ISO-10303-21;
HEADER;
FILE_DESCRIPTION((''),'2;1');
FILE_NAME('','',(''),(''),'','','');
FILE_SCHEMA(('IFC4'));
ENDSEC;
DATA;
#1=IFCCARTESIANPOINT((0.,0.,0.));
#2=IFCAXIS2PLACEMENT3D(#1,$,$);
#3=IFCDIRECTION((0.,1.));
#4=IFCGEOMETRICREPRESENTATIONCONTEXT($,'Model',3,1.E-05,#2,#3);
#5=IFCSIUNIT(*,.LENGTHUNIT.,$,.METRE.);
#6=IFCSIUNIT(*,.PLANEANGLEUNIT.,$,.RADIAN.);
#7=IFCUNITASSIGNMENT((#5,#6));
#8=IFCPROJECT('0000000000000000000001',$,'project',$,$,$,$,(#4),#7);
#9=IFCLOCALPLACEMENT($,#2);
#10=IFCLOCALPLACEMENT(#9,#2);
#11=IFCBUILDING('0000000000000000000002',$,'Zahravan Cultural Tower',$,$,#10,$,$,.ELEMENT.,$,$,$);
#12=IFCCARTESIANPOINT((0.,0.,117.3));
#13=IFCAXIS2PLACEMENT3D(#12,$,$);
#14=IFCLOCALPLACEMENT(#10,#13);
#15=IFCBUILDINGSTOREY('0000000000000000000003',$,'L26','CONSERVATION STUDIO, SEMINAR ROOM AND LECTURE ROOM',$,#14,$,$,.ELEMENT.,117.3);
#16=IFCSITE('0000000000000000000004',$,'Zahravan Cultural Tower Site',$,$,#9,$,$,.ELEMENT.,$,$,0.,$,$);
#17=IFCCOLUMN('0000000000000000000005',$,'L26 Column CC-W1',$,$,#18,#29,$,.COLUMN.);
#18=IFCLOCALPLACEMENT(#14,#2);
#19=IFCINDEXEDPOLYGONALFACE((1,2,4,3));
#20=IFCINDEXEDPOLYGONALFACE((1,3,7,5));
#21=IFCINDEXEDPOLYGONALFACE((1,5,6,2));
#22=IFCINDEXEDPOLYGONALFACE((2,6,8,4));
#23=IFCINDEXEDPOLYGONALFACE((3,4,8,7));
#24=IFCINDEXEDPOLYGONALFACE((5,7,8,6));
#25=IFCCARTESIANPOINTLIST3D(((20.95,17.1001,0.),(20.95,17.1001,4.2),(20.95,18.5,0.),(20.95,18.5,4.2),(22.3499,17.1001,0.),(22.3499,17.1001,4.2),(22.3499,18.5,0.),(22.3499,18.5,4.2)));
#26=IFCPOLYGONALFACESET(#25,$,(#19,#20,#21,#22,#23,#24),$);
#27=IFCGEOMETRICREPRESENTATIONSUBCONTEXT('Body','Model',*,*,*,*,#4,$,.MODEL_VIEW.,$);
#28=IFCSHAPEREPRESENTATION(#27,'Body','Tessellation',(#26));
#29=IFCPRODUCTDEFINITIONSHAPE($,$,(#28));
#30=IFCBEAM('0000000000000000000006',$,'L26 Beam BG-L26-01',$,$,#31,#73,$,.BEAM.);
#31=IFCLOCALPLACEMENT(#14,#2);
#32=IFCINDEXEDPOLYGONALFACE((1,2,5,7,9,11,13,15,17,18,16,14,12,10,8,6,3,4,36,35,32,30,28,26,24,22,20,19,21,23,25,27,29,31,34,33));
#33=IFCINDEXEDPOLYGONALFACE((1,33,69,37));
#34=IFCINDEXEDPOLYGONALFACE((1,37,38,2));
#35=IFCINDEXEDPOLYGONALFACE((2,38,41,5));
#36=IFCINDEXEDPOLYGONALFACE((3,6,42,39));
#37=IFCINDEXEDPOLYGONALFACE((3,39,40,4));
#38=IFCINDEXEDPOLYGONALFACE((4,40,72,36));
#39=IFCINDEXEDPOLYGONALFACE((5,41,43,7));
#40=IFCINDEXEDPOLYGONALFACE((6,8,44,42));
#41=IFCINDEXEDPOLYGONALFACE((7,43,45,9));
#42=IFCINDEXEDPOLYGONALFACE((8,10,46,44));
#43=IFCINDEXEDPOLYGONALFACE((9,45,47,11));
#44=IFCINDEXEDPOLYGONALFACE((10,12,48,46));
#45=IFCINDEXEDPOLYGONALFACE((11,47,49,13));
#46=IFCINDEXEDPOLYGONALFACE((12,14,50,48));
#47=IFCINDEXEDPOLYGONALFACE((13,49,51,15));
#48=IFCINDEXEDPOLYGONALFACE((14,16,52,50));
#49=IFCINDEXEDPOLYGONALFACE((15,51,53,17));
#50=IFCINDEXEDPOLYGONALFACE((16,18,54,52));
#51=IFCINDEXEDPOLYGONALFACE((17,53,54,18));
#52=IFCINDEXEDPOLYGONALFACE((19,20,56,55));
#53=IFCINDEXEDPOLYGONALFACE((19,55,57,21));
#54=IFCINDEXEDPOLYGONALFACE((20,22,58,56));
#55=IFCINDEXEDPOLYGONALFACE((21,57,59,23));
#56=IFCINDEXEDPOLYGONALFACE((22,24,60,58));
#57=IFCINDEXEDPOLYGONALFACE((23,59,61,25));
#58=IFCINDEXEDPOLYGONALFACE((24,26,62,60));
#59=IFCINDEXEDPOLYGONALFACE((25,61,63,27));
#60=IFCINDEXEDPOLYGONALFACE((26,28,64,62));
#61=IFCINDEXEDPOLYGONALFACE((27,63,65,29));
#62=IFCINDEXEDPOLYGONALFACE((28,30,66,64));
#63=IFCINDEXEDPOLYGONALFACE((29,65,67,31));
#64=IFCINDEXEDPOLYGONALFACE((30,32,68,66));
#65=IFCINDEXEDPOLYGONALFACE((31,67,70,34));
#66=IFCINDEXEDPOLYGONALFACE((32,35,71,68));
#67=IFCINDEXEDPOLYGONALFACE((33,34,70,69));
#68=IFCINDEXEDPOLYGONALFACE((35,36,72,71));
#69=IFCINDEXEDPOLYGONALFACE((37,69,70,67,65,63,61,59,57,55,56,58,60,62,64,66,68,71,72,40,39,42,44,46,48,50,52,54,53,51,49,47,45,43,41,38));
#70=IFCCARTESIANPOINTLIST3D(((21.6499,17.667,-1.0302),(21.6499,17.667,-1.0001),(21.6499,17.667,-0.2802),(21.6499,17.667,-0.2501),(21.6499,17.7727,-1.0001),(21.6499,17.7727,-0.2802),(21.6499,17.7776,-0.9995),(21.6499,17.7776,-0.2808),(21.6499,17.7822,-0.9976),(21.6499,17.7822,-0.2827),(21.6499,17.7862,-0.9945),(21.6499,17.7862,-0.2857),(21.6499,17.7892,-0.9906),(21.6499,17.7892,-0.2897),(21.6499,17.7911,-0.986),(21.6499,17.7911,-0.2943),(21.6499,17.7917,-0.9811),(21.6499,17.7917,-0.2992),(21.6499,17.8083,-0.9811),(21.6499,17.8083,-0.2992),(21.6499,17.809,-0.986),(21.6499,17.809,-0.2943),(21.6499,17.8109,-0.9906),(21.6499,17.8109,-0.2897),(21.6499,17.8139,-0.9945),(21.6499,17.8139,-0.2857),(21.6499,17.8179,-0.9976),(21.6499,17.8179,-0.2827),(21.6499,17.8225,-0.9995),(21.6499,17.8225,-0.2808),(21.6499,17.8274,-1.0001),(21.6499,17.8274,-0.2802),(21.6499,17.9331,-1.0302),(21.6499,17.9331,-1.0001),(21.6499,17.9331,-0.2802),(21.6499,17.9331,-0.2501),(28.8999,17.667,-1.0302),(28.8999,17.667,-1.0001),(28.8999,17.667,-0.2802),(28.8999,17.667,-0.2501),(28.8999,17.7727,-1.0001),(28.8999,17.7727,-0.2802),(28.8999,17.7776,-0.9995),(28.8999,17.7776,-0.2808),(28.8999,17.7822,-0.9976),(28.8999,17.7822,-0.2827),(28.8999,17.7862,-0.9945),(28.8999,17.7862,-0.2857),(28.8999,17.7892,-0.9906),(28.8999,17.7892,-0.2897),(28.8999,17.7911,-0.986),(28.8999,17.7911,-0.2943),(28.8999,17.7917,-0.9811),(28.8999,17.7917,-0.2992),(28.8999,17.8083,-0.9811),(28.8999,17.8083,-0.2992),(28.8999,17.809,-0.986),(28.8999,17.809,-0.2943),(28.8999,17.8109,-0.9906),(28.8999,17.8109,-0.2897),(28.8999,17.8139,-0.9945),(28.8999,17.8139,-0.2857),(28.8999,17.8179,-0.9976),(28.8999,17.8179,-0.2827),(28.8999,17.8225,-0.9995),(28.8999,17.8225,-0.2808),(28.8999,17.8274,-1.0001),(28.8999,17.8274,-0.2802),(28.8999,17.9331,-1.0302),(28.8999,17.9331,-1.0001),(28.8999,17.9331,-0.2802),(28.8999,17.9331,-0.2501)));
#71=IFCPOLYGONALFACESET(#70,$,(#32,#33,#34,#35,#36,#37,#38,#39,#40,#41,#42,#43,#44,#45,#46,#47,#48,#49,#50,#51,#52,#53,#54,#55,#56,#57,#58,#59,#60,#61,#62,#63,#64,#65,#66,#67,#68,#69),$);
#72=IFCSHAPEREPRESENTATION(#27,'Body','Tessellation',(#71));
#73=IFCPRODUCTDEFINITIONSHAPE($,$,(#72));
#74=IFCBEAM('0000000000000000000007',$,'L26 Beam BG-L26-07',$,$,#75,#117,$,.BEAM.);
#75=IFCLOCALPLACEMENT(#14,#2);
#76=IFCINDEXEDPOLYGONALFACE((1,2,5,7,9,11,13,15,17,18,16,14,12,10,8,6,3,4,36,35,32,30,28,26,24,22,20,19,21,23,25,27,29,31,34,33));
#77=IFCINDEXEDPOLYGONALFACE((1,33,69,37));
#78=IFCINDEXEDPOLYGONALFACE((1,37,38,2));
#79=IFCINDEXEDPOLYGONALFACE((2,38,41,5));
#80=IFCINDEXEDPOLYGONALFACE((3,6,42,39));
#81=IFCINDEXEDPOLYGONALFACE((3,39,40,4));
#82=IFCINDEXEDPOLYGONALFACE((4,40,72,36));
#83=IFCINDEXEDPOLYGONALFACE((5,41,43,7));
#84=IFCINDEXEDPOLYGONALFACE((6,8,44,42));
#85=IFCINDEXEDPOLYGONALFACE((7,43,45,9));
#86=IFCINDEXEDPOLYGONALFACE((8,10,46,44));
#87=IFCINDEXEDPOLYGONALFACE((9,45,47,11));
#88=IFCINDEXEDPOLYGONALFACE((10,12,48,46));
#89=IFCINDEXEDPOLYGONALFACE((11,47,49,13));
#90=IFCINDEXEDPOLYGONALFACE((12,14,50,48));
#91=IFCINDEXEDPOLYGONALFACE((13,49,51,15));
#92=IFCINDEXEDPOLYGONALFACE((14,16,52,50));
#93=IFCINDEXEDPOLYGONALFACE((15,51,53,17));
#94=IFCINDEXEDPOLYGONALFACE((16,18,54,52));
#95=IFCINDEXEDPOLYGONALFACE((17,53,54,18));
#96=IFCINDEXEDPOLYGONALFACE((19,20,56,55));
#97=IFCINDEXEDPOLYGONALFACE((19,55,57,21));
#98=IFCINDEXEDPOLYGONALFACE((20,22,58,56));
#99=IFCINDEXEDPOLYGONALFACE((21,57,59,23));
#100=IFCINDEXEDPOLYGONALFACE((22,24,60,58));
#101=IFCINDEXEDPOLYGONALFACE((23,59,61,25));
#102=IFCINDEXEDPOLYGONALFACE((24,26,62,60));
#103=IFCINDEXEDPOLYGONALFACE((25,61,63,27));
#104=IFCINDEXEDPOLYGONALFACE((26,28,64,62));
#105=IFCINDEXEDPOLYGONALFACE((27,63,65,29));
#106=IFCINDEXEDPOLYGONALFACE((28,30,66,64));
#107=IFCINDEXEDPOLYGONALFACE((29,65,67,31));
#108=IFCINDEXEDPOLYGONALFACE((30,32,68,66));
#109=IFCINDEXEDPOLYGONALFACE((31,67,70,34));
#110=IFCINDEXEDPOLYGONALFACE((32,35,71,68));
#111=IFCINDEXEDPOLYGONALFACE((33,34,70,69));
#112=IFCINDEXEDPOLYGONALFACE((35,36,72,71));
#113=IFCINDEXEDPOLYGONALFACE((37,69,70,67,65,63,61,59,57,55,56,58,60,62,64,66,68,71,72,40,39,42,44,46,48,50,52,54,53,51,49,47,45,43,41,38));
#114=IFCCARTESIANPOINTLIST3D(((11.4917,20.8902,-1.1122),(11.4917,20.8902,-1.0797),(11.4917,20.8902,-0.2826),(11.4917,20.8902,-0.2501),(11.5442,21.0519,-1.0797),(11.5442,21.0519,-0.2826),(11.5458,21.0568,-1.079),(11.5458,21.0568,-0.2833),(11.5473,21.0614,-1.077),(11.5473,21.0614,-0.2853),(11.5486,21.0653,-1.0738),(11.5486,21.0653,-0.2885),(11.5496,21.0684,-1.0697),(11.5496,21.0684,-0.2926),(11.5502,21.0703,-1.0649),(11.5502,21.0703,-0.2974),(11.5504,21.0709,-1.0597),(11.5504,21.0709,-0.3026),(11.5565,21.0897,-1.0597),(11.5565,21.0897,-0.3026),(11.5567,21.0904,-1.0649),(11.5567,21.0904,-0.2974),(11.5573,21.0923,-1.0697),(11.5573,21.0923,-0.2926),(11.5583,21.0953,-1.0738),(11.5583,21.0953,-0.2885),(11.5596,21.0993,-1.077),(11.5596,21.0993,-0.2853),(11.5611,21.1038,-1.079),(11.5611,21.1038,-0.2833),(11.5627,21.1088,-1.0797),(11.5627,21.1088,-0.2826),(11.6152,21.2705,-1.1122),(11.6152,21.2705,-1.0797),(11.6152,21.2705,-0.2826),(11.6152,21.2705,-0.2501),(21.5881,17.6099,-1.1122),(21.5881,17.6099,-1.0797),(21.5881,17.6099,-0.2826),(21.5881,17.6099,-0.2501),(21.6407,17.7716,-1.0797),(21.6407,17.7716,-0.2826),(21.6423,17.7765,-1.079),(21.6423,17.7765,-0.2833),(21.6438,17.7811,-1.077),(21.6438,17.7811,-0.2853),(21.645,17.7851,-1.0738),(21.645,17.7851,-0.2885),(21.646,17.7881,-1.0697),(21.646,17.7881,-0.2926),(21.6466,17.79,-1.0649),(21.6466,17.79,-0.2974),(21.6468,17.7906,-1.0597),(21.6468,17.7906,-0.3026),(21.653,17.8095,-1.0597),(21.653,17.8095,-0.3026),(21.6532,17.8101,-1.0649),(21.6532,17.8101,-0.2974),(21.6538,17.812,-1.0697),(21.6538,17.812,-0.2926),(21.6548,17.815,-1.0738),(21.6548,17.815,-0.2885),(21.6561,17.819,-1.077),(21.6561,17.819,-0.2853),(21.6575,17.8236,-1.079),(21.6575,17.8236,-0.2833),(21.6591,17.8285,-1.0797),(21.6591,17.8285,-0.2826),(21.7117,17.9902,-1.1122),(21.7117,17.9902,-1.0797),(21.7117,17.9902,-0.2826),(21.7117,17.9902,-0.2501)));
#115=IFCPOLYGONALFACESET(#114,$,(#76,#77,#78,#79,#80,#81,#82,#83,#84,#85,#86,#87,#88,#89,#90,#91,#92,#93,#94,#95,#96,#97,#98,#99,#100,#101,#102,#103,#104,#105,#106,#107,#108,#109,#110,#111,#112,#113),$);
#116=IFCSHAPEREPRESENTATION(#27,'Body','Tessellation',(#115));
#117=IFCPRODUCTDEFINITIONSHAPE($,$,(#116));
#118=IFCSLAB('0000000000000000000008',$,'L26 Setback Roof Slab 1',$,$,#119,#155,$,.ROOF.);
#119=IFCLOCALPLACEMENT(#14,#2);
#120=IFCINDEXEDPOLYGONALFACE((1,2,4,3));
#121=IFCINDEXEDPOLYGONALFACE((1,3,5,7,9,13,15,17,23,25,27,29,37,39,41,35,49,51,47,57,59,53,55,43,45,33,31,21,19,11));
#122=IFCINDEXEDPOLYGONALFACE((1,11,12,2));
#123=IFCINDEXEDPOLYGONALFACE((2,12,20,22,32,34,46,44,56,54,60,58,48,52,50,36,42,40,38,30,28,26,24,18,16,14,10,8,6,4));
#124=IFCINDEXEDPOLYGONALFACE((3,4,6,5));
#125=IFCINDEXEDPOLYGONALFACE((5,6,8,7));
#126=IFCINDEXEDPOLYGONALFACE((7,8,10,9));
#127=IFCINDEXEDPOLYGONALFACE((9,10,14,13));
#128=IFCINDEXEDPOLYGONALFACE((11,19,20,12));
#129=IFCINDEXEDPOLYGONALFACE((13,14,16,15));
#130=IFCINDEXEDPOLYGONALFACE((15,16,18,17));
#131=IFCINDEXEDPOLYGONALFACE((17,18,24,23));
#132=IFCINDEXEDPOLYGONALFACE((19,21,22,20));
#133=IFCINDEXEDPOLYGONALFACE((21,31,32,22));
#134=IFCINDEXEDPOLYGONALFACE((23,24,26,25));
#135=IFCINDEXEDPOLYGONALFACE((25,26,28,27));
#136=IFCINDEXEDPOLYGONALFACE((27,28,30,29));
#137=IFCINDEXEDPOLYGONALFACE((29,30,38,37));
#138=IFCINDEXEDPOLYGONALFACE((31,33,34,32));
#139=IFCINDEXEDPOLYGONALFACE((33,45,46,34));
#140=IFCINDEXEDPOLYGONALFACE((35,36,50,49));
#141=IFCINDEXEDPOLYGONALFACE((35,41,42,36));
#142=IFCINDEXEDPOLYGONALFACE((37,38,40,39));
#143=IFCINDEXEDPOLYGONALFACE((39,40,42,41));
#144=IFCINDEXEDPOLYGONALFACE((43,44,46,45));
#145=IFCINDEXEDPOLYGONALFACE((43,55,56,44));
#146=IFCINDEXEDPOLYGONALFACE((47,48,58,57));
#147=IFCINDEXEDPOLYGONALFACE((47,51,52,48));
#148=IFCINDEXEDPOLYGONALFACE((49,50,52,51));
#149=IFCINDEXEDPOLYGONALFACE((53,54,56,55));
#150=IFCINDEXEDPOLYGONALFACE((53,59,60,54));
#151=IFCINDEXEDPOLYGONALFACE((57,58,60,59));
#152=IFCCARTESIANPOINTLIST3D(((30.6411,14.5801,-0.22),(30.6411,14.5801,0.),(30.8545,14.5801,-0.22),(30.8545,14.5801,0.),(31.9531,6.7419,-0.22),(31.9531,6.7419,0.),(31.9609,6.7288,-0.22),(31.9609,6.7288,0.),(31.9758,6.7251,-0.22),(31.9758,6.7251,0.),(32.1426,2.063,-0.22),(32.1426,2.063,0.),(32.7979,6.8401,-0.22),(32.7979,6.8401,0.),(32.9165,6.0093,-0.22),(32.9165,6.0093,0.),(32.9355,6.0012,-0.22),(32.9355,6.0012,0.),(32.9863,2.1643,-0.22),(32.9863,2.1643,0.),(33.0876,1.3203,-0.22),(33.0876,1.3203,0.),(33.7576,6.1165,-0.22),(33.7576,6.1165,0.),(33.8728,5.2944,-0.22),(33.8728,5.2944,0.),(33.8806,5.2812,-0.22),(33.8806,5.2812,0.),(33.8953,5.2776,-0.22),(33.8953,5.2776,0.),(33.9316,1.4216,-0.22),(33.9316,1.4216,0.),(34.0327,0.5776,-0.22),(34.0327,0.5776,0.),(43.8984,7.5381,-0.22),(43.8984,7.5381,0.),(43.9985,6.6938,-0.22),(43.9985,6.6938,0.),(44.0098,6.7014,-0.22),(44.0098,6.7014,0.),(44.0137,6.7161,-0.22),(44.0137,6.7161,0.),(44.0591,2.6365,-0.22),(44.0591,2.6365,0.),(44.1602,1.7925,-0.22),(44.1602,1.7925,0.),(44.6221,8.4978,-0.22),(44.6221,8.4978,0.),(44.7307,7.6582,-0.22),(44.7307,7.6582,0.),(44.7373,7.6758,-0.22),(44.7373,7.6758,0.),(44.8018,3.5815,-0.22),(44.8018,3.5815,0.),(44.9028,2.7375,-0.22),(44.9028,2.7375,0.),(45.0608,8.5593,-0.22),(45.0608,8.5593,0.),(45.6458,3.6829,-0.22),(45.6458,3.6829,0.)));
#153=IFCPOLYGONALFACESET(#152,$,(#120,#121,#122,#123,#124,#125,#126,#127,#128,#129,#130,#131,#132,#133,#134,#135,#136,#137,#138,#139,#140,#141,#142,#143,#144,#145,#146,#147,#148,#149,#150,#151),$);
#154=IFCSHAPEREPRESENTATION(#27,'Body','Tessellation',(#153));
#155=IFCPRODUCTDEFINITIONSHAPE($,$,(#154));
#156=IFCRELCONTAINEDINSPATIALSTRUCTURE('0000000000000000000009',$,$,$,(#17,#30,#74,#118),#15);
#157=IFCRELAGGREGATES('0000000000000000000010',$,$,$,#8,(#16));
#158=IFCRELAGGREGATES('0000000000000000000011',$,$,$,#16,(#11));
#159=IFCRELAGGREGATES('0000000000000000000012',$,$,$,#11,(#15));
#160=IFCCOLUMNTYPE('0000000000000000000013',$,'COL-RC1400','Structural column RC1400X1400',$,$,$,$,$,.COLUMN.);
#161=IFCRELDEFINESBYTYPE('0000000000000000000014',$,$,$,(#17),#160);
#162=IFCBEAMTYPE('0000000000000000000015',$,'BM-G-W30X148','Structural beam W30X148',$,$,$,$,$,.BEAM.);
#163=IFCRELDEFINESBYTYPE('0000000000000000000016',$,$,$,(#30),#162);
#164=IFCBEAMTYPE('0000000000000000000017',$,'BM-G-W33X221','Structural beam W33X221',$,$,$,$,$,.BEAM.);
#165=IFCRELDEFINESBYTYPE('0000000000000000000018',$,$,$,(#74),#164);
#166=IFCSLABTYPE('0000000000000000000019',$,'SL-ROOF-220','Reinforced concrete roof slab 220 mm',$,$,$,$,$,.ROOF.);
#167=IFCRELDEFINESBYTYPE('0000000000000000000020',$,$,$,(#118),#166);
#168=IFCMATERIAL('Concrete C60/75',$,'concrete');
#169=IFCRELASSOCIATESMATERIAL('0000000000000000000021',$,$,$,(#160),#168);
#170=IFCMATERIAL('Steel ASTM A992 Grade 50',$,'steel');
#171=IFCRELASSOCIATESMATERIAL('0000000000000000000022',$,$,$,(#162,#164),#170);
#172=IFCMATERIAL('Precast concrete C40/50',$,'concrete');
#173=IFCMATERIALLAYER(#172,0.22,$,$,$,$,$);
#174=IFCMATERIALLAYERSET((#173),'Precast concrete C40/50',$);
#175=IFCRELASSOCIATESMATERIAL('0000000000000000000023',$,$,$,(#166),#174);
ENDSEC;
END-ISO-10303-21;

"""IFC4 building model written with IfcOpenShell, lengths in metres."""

from ifc_helpers import new_model, si_unit, direction, frame, origin, origin_2d, place, context, subcontext, project, spatial, polyline, rectangle, i_section, outline, extrude, source, transform, mapped, material, layer, layer_set, material_profile, profile_set, type_object, element, save


model = new_model("IFC4")

# Units and contexts
model_context = context("Model", 3, precision=1e-05, world=origin(), true_north=direction((0.0, 1.0)))
body_context = subcontext(model_context, "Body", "Model", "MODEL_VIEW")
ifc_project = project(units=[si_unit("LENGTHUNIT", "METRE"), si_unit("PLANEANGLEUNIT", "RADIAN")], contexts=[model_context])

# Site, building, storey
site_placement = place(None, origin())
site = spatial("IfcSite", under=ifc_project, at=site_placement, Name="Zahravan Cultural Tower Site", CompositionType="ELEMENT", RefElevation=0.0)
building_placement = place(site_placement, origin())
building = spatial("IfcBuilding", under=site, at=building_placement, Name="Zahravan Cultural Tower", CompositionType="ELEMENT")
storey_placement = place(building_placement, frame((0.0, 0.0, 117.3)))
storey = spatial("IfcBuildingStorey", under=building, at=storey_placement, Name="L26", Description="CONSERVATION STUDIO, SEMINAR ROOM AND LECTURE ROOM", CompositionType="ELEMENT", Elevation=117.3)

# Column
ifc_material_1 = material(Name="Concrete C60/75", Category="concrete")
ifc_material_profile_1 = material_profile(ifc_material_1, rectangle(XDim=1.3999, YDim=1.3999, at=origin_2d()), Name="RC1400X1400")
ifc_profile_set_1 = profile_set([ifc_material_profile_1], Name="Concrete C60/75")
column_type = type_object("IfcColumnType", Name="COL-RC1400", Description="Structural column RC1400X1400", PredefinedType="COLUMN", material=ifc_profile_set_1)
shared_shape_1 = source(origin(), body_context, "Body", "SweptSolid", [
    extrude(rectangle(XDim=1.3999, YDim=1.3999, at=origin_2d()), origin(), (0.0, 0.0, 1.0), 4.2),
])
column_placement = place(storey_placement, frame((21.6499, 17.8, 0.0), z_axis=(0.0, 0.0, 1.0), x_axis=(1.0, 0.0, 0.0)))
element("IfcColumn", 1, at=column_placement, inside=storey, type_object=column_type, Name="L26 Column CC-W1", PredefinedType="COLUMN", context=body_context, shape_type="MappedRepresentation", body=[
    mapped(shared_shape_1, transform((0.0, 0.0, 0.0), x_axis=(1.0, 0.0, 0.0), y_axis=(0.0, 1.0, 0.0), z_axis=(0.0, 0.0, 1.0), scale=1.0)),
])

# Beams
ifc_material_2 = material(Name="Steel ASTM A992 Grade 50", Category="steel")
ifc_material_profile_2 = material_profile(ifc_material_2, i_section(OverallWidth=0.2661, OverallDepth=0.78, WebThickness=0.0166, FlangeThickness=0.03, FilletRadius=0.019, at=origin_2d()), Name="W30X148")
ifc_profile_set_2 = profile_set([ifc_material_profile_2], Name="Steel ASTM A992 Grade 50")
beam_type_1 = type_object("IfcBeamType", Name="BM-G-W30X148", Description="Structural beam W30X148", PredefinedType="BEAM", material=ifc_profile_set_2)
shared_shape_2 = source(origin(), body_context, "Body", "SweptSolid", [
    extrude(i_section(OverallWidth=0.2661, OverallDepth=0.78, WebThickness=0.0166, FlangeThickness=0.03, FilletRadius=0.019, at=origin_2d()), origin(), (0.0, 0.0, 1.0), 7.25),
])
beam_1_placement = place(storey_placement, frame((21.6499, 17.8, -0.6401), z_axis=(1.0, 0.0, 0.0), x_axis=(0.0, 1.0, 0.0)))
element("IfcBeam", 2, at=beam_1_placement, inside=storey, type_object=beam_type_1, Name="L26 Beam BG-L26-01", PredefinedType="BEAM", context=body_context, shape_type="MappedRepresentation", body=[
    mapped(shared_shape_2, transform((0.0, 0.0, 0.0), x_axis=(1.0, 0.0, 0.0), y_axis=(0.0, 1.0, 0.0), z_axis=(0.0, 0.0, 1.0), scale=1.0)),
])
ifc_material_profile_3 = material_profile(ifc_material_2, i_section(OverallWidth=0.3999, OverallDepth=0.8621, WebThickness=0.0198, FlangeThickness=0.0325, FilletRadius=0.02, at=origin_2d()), Name="W33X221")
ifc_profile_set_3 = profile_set([ifc_material_profile_3], Name="Steel ASTM A992 Grade 50")
beam_type_2 = type_object("IfcBeamType", Name="BM-G-W33X221", Description="Structural beam W33X221", PredefinedType="BEAM", material=ifc_profile_set_3)
shared_shape_3 = source(origin(), body_context, "Body", "SweptSolid", [
    extrude(i_section(OverallWidth=0.3999, OverallDepth=0.8621, WebThickness=0.0198, FlangeThickness=0.0325, FilletRadius=0.02, at=origin_2d()), origin(), (0.0, 0.0, 1.0), 10.616),
])
beam_2_placement = place(storey_placement, frame((21.6499, 17.8, -0.6812), z_axis=(-0.951064, 0.308995, 0.0), x_axis=(-0.308995, -0.951064, 0.0)))
element("IfcBeam", 3, at=beam_2_placement, inside=storey, type_object=beam_type_2, Name="L26 Beam BG-L26-07", PredefinedType="BEAM", context=body_context, shape_type="MappedRepresentation", body=[
    mapped(shared_shape_3, transform((0.0, 0.0, 0.0), x_axis=(1.0, 0.0, 0.0), y_axis=(0.0, 1.0, 0.0), z_axis=(0.0, 0.0, 1.0), scale=1.0)),
])

# Slab
ifc_material_3 = material(Name="Precast concrete C40/50", Category="concrete")
ifc_layer_1 = layer(ifc_material_3, 0.22)
ifc_layer_set_1 = layer_set([ifc_layer_1], Name="Precast concrete C40/50")
slab_type_1 = type_object("IfcSlabType", Name="SL-ROOF-220", Description="Reinforced concrete roof slab 220 mm", PredefinedType="ROOF", material=ifc_layer_set_1)
slab_1_placement = place(storey_placement, frame((0.0, 0.0, -0.22)))
element("IfcSlab", 4, at=slab_1_placement, inside=storey, type_object=slab_type_1, Name="L26 Setback Roof Slab 1", PredefinedType="ROOF", context=body_context, shape_type="SweptSolid", body=[
    extrude(outline(polyline([(44.8018, 3.5815), (45.6458, 3.6829), (45.0608, 8.5593), (44.6221, 8.4978), (44.7373, 7.6758), (44.7307, 7.6582), (43.8984, 7.5381), (44.0137, 6.7161), (44.0098, 6.7014), (43.9985, 6.6938), (33.8953, 5.2776), (33.8806, 5.2812), (33.8728, 5.2944), (33.7576, 6.1165), (32.9355, 6.0012), (32.9165, 6.0093), (32.7979, 6.8401), (31.9758, 6.7251), (31.9609, 6.7288), (31.9531, 6.7419), (30.8545, 14.5801), (30.6411, 14.5801), (32.1426, 2.063), (32.9863, 2.1643), (33.0876, 1.3203), (33.9316, 1.4216), (34.0327, 0.5776), (44.1602, 1.7925), (44.0591, 2.6365), (44.9028, 2.7375), (44.8018, 3.5815)])), origin(), (0.0, 0.0, 1.0), 0.22),
])

save(model, "model.ifc")
